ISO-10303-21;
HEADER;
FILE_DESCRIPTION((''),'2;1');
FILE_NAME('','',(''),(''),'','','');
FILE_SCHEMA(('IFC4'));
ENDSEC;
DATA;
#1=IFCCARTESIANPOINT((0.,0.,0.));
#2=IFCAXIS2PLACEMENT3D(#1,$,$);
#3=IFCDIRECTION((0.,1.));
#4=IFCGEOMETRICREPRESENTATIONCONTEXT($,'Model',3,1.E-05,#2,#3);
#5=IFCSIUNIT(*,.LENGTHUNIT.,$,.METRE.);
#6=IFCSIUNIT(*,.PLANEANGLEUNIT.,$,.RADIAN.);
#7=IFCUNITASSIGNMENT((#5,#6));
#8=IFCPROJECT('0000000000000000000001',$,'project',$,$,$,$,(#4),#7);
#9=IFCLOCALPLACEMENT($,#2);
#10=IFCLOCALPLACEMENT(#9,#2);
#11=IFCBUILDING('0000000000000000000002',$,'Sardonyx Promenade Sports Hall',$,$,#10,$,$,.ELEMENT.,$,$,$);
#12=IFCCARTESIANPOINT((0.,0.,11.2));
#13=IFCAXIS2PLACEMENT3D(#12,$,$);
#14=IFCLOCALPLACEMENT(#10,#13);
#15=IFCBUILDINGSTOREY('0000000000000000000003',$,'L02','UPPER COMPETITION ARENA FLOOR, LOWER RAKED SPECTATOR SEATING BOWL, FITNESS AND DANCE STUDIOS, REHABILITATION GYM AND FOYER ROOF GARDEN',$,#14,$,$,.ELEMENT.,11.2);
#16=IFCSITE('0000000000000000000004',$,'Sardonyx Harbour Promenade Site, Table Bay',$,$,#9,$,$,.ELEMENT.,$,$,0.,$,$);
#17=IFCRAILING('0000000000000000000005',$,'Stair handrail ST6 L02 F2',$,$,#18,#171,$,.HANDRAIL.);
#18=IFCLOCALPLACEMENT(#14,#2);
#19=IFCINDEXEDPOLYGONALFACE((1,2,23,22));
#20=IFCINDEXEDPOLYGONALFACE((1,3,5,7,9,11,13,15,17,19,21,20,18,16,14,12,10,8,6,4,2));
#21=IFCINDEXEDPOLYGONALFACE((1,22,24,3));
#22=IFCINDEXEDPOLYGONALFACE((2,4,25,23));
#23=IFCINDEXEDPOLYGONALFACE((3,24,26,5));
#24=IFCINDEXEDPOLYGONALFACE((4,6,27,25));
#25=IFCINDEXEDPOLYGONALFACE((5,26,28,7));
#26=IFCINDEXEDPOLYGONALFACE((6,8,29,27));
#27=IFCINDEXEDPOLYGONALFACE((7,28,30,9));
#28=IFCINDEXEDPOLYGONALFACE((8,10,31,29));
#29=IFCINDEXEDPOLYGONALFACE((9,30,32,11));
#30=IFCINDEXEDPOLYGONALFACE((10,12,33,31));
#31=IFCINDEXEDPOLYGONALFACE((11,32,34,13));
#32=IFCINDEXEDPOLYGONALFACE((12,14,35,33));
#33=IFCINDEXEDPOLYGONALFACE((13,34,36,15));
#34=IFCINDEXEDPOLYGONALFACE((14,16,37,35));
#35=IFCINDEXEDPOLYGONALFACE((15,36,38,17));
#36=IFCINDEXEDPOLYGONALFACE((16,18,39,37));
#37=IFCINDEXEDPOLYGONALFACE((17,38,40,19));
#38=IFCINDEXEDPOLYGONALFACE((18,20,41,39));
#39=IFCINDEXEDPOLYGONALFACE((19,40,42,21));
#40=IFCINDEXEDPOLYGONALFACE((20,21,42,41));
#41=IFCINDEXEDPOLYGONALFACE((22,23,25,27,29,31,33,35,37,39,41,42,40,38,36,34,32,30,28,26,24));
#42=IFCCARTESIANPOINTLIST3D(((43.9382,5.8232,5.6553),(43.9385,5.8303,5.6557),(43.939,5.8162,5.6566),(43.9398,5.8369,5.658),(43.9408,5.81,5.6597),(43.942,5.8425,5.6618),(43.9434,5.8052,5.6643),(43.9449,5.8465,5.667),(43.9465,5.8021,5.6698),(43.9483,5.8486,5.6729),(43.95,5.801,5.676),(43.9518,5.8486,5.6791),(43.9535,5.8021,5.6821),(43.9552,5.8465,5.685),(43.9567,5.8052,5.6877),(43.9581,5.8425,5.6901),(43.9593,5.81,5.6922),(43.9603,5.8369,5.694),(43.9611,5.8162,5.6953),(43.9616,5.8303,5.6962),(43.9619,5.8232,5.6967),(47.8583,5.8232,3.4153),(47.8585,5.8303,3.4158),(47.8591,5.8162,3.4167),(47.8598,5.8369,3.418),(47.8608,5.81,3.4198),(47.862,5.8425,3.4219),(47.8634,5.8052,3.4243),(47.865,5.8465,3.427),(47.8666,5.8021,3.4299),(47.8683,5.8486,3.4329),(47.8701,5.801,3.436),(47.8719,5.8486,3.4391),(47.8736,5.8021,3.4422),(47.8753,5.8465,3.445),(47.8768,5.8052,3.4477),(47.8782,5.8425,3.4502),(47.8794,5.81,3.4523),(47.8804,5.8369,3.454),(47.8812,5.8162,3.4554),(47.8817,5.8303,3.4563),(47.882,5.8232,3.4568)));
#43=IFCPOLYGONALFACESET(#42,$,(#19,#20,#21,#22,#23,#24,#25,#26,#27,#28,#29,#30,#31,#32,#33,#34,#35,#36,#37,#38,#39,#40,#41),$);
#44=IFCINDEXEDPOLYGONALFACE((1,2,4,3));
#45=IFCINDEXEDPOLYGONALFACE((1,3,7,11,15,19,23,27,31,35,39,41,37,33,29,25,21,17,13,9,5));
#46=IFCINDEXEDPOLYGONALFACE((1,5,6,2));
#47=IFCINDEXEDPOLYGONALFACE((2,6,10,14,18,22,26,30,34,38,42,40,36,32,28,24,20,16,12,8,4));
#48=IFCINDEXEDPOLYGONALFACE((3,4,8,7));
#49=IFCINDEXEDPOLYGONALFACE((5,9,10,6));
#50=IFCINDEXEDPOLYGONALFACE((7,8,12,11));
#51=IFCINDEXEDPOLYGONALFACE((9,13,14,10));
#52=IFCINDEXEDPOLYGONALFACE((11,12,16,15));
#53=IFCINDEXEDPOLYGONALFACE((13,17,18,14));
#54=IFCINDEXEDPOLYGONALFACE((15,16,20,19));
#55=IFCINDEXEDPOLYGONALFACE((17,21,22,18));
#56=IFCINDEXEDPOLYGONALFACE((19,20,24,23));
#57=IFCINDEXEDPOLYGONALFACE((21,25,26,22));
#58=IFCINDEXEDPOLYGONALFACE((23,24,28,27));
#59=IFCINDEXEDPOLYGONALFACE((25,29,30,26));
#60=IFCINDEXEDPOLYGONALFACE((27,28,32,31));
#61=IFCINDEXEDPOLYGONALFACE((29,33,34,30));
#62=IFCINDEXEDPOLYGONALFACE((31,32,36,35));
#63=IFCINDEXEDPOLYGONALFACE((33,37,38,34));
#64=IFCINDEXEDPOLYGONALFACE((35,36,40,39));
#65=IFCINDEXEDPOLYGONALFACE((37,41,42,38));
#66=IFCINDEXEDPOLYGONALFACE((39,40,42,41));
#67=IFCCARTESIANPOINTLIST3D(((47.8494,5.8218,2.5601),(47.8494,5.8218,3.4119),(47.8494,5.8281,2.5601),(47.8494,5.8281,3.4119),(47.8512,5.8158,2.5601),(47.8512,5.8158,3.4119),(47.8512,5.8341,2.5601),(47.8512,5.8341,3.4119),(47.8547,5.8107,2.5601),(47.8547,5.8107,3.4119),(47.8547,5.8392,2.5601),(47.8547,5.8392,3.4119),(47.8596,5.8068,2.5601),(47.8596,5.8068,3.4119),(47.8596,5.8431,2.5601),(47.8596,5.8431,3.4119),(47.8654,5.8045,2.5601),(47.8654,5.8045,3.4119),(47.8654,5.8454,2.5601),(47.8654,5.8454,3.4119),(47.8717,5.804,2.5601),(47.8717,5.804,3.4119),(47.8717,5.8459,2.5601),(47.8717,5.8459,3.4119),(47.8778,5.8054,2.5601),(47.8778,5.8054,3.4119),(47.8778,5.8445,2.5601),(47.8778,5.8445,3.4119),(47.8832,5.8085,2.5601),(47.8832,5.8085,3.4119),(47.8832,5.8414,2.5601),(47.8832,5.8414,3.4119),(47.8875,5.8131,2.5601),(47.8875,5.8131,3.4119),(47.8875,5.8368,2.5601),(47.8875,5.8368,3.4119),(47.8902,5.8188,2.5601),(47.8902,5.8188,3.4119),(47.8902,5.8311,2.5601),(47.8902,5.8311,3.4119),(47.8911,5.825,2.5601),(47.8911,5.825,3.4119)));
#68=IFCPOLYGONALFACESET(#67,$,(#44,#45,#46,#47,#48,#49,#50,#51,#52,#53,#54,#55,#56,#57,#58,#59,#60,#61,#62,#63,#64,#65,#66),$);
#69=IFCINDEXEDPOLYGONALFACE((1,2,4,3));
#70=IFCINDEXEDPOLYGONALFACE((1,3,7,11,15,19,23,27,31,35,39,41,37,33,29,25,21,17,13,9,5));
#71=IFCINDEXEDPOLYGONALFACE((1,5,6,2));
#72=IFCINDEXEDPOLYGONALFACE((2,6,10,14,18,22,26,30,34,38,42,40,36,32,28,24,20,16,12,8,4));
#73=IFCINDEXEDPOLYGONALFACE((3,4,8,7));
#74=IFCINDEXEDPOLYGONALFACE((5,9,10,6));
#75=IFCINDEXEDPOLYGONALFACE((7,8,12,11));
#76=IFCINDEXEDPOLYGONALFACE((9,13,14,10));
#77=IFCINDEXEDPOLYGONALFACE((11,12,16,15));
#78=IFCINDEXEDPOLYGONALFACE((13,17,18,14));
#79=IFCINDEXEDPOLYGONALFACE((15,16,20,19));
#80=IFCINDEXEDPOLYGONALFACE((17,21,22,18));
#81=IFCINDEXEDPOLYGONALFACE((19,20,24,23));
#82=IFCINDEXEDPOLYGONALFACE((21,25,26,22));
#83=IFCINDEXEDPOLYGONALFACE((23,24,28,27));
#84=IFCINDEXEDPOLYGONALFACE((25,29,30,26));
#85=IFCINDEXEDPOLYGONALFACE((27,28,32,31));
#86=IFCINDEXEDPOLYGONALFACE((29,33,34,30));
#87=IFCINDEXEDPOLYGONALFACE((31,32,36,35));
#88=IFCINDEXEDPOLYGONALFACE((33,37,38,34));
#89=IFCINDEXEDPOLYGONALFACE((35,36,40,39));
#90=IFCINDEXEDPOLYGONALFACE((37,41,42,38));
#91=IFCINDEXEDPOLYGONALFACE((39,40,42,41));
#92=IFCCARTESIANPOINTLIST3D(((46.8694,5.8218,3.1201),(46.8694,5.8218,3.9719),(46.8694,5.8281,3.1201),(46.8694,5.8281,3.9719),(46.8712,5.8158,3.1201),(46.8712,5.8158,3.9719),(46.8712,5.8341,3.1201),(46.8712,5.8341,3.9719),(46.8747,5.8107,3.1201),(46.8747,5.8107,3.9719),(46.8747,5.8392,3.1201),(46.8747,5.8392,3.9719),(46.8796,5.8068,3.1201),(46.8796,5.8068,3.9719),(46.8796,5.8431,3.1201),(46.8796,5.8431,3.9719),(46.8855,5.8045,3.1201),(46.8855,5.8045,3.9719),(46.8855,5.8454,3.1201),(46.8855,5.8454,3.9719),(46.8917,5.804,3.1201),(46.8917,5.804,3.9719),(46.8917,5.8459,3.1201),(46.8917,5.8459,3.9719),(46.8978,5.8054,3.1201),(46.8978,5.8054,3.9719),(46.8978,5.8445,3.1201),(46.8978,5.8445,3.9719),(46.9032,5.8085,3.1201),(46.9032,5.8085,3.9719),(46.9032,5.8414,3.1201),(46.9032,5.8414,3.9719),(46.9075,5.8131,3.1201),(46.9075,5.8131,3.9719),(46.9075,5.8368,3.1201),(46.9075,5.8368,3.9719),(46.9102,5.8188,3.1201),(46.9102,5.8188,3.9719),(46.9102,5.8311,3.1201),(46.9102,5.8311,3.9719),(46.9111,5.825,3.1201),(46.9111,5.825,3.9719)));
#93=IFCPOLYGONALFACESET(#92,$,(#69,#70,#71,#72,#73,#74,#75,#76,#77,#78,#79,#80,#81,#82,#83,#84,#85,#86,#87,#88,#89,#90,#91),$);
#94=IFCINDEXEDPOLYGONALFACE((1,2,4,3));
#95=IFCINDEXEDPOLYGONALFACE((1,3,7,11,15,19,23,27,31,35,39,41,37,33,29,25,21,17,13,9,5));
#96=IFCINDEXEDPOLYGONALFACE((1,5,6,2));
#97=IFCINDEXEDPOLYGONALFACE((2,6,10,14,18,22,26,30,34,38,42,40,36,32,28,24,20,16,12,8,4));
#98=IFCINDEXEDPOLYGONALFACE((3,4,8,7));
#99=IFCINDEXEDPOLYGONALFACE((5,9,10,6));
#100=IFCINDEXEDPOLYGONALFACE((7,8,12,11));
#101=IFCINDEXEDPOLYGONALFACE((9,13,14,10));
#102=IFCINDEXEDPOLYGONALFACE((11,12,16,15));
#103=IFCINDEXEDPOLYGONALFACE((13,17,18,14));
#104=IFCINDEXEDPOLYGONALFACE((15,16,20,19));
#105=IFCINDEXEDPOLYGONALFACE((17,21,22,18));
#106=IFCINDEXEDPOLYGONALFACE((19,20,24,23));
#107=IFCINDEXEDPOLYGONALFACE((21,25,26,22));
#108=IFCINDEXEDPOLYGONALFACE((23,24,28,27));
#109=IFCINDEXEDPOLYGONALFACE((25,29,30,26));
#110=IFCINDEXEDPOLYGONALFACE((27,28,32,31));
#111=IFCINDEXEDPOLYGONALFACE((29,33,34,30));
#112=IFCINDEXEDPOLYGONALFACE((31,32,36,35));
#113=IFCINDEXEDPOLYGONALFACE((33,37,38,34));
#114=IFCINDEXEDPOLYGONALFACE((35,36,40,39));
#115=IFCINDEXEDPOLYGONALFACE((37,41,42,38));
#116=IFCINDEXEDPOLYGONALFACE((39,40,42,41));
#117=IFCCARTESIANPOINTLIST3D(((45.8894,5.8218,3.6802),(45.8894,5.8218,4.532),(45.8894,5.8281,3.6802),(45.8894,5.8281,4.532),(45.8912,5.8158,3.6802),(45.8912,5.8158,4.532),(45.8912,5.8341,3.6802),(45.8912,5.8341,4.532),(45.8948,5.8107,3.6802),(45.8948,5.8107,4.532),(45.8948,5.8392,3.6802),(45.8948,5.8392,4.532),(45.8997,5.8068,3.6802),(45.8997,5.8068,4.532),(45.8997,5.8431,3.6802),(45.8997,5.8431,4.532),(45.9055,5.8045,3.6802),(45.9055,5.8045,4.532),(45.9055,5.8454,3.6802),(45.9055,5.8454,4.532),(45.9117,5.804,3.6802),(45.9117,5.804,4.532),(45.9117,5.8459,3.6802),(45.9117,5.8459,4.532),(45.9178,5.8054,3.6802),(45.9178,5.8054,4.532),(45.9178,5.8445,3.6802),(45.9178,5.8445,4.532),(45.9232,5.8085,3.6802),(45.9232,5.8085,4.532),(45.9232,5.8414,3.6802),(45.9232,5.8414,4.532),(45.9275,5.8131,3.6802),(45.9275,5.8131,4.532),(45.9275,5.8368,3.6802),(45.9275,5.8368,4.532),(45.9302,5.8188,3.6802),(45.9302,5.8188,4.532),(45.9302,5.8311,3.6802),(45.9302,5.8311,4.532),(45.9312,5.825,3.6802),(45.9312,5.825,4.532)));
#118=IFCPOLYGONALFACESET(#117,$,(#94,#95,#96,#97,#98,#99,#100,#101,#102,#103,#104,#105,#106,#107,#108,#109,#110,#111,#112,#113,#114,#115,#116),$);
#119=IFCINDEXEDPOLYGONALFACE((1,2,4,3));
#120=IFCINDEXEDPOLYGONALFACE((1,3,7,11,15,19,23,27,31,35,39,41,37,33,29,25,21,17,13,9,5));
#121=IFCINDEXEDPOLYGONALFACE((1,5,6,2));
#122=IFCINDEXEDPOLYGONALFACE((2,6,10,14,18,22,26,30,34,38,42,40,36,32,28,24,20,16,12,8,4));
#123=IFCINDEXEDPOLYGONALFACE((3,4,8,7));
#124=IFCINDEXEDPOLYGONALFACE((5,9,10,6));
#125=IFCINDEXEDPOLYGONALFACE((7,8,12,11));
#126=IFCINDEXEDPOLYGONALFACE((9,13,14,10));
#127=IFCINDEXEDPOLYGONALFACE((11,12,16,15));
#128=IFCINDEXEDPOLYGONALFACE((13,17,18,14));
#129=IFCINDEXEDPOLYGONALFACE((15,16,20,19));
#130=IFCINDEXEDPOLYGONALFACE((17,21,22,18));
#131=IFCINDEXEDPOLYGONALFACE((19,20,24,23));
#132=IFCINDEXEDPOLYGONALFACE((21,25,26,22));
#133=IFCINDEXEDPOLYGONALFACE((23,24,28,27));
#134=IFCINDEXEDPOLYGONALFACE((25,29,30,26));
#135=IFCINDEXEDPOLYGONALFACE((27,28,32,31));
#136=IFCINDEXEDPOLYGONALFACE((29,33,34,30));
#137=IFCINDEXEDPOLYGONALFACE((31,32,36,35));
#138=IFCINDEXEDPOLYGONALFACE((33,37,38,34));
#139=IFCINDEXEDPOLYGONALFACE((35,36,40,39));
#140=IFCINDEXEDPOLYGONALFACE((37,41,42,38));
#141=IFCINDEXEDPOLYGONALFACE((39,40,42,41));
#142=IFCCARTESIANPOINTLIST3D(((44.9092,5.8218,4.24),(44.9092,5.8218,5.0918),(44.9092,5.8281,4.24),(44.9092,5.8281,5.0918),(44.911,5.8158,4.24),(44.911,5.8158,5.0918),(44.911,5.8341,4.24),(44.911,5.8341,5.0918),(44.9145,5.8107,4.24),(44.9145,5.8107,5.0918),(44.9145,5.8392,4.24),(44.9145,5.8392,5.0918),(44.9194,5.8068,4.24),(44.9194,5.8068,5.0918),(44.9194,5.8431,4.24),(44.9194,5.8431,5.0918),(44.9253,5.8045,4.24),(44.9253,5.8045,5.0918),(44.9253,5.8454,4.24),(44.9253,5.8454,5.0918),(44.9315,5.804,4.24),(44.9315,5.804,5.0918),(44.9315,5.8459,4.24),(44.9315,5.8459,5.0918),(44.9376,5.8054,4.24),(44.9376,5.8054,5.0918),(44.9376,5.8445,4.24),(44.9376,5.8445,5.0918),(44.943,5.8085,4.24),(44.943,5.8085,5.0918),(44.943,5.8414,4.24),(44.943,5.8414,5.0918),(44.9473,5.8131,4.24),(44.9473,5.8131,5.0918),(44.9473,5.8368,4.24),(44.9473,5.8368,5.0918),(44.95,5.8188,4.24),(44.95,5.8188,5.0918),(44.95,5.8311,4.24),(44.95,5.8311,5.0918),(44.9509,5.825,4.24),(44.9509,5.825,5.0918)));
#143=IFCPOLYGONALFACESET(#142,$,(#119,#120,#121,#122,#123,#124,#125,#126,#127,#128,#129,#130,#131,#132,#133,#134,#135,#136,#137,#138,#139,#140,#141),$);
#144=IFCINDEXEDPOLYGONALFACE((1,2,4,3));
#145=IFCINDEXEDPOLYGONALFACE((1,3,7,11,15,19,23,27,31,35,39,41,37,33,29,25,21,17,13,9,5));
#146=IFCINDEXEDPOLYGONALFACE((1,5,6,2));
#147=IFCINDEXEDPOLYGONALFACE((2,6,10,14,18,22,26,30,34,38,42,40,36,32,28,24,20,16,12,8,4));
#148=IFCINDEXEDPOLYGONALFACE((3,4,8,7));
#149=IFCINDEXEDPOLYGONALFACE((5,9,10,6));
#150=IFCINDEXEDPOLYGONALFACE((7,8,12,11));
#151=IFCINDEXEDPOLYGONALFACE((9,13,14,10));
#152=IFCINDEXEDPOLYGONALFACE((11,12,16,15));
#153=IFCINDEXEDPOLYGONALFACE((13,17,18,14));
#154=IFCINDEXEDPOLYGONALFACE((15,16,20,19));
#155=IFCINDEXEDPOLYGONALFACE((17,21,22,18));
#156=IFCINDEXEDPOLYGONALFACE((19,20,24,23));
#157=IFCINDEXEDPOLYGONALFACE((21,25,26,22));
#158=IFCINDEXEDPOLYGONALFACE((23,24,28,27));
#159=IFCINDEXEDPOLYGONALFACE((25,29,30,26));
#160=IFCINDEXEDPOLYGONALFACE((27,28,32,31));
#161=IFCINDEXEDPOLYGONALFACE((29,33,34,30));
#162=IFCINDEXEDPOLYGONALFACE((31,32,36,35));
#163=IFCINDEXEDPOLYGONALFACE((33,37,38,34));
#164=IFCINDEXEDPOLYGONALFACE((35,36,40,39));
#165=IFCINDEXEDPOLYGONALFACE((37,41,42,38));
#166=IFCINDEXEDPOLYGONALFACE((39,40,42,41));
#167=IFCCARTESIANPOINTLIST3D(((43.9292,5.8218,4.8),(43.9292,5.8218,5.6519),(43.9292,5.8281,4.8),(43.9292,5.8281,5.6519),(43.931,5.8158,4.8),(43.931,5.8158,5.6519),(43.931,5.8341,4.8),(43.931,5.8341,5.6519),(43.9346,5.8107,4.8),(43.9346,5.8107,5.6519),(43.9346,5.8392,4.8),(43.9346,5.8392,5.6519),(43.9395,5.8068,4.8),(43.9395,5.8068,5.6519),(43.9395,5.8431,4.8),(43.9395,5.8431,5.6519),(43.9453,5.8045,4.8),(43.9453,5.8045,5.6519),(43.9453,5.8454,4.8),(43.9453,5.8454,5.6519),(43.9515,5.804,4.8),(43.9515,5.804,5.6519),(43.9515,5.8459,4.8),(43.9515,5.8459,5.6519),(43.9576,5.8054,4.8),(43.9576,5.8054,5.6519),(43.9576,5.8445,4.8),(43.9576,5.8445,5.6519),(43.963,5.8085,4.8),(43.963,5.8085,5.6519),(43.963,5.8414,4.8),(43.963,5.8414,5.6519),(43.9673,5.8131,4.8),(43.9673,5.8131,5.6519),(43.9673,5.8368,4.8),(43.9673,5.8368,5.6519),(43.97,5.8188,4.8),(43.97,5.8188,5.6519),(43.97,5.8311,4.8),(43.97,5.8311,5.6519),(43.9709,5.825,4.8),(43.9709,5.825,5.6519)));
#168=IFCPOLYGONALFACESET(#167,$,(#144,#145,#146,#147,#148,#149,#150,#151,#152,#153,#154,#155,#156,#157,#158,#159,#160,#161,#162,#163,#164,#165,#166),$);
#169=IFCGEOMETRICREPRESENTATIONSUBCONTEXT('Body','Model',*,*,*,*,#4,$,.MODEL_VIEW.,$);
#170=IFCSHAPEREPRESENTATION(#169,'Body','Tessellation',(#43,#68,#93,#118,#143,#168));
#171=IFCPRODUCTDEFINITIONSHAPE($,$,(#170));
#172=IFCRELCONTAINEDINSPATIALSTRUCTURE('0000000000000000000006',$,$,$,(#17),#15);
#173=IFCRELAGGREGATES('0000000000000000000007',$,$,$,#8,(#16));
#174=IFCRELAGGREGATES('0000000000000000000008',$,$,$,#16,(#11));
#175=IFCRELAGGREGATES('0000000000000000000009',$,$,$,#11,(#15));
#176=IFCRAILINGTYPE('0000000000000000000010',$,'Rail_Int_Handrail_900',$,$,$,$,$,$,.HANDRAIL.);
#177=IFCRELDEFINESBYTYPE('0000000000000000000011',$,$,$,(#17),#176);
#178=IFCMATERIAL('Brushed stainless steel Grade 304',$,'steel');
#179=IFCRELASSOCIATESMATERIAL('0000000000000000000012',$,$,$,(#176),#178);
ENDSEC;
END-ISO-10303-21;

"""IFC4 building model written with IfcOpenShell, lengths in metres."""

from ifc_helpers import new_model, si_unit, direction, frame, origin, origin_2d, place, context, subcontext, project, spatial, circle, extrude, material, type_object, element, save


model = new_model("IFC4")

# Units and contexts
model_context = context("Model", 3, precision=1e-05, world=origin(), true_north=direction((0.0, 1.0)))
body_context = subcontext(model_context, "Body", "Model", "MODEL_VIEW")
ifc_project = project(units=[si_unit("LENGTHUNIT", "METRE"), si_unit("PLANEANGLEUNIT", "RADIAN")], contexts=[model_context])

# Site, building, storey
site_placement = place(None, origin())
site = spatial("IfcSite", under=ifc_project, at=site_placement, Name="Sardonyx Harbour Promenade Site, Table Bay", CompositionType="ELEMENT", RefElevation=0.0)
building_placement = place(site_placement, origin())
building = spatial("IfcBuilding", under=site, at=building_placement, Name="Sardonyx Promenade Sports Hall", CompositionType="ELEMENT")
storey_placement = place(building_placement, frame((0.0, 0.0, 11.2)))
storey = spatial("IfcBuildingStorey", under=building, at=storey_placement, Name="L02", Description="UPPER COMPETITION ARENA FLOOR, LOWER RAKED SPECTATOR SEATING BOWL, FITNESS AND DANCE STUDIOS, REHABILITATION GYM AND FOYER ROOF GARDEN", CompositionType="ELEMENT", Elevation=11.2)

# Railing
ifc_material_1 = material(Name="Brushed stainless steel Grade 304", Category="steel")
railing_type = type_object("IfcRailingType", Name="Rail_Int_Handrail_900", PredefinedType="HANDRAIL", material=ifc_material_1)
railing_placement = place(storey_placement, frame((47.8701, 5.825, 2.5601)))
element("IfcRailing", 1, at=railing_placement, inside=storey, type_object=railing_type, Name="Stair handrail ST6 L02 F2", PredefinedType="HANDRAIL", context=body_context, shape_type="SweptSolid", body=[
    extrude(circle(Radius=0.0239, at=origin_2d()), frame((0.0, 0.0, 0.876), z_axis=(-0.868253, 0.0, 0.496121), x_axis=(0.0, -1.0, 0.0)), (0.0, 0.0, 1.0), 4.5149),
    extrude(circle(Radius=0.021, at=origin_2d()), origin(), (0.0, 0.0, 1.0), 0.8518),
    extrude(circle(Radius=0.021, at=origin_2d()), frame((-0.98, 0.0, 0.5601)), (0.0, 0.0, 1.0), 0.8518),
    extrude(circle(Radius=0.021, at=origin_2d()), frame((-1.96, 0.0, 1.1201)), (0.0, 0.0, 1.0), 0.8518),
    extrude(circle(Radius=0.021, at=origin_2d()), frame((-2.9402, 0.0, 1.6799)), (0.0, 0.0, 1.0), 0.8518),
    extrude(circle(Radius=0.021, at=origin_2d()), frame((-3.9202, 0.0, 2.24)), (0.0, 0.0, 1.0), 0.8518),
])

save(model, "model.ifc")
